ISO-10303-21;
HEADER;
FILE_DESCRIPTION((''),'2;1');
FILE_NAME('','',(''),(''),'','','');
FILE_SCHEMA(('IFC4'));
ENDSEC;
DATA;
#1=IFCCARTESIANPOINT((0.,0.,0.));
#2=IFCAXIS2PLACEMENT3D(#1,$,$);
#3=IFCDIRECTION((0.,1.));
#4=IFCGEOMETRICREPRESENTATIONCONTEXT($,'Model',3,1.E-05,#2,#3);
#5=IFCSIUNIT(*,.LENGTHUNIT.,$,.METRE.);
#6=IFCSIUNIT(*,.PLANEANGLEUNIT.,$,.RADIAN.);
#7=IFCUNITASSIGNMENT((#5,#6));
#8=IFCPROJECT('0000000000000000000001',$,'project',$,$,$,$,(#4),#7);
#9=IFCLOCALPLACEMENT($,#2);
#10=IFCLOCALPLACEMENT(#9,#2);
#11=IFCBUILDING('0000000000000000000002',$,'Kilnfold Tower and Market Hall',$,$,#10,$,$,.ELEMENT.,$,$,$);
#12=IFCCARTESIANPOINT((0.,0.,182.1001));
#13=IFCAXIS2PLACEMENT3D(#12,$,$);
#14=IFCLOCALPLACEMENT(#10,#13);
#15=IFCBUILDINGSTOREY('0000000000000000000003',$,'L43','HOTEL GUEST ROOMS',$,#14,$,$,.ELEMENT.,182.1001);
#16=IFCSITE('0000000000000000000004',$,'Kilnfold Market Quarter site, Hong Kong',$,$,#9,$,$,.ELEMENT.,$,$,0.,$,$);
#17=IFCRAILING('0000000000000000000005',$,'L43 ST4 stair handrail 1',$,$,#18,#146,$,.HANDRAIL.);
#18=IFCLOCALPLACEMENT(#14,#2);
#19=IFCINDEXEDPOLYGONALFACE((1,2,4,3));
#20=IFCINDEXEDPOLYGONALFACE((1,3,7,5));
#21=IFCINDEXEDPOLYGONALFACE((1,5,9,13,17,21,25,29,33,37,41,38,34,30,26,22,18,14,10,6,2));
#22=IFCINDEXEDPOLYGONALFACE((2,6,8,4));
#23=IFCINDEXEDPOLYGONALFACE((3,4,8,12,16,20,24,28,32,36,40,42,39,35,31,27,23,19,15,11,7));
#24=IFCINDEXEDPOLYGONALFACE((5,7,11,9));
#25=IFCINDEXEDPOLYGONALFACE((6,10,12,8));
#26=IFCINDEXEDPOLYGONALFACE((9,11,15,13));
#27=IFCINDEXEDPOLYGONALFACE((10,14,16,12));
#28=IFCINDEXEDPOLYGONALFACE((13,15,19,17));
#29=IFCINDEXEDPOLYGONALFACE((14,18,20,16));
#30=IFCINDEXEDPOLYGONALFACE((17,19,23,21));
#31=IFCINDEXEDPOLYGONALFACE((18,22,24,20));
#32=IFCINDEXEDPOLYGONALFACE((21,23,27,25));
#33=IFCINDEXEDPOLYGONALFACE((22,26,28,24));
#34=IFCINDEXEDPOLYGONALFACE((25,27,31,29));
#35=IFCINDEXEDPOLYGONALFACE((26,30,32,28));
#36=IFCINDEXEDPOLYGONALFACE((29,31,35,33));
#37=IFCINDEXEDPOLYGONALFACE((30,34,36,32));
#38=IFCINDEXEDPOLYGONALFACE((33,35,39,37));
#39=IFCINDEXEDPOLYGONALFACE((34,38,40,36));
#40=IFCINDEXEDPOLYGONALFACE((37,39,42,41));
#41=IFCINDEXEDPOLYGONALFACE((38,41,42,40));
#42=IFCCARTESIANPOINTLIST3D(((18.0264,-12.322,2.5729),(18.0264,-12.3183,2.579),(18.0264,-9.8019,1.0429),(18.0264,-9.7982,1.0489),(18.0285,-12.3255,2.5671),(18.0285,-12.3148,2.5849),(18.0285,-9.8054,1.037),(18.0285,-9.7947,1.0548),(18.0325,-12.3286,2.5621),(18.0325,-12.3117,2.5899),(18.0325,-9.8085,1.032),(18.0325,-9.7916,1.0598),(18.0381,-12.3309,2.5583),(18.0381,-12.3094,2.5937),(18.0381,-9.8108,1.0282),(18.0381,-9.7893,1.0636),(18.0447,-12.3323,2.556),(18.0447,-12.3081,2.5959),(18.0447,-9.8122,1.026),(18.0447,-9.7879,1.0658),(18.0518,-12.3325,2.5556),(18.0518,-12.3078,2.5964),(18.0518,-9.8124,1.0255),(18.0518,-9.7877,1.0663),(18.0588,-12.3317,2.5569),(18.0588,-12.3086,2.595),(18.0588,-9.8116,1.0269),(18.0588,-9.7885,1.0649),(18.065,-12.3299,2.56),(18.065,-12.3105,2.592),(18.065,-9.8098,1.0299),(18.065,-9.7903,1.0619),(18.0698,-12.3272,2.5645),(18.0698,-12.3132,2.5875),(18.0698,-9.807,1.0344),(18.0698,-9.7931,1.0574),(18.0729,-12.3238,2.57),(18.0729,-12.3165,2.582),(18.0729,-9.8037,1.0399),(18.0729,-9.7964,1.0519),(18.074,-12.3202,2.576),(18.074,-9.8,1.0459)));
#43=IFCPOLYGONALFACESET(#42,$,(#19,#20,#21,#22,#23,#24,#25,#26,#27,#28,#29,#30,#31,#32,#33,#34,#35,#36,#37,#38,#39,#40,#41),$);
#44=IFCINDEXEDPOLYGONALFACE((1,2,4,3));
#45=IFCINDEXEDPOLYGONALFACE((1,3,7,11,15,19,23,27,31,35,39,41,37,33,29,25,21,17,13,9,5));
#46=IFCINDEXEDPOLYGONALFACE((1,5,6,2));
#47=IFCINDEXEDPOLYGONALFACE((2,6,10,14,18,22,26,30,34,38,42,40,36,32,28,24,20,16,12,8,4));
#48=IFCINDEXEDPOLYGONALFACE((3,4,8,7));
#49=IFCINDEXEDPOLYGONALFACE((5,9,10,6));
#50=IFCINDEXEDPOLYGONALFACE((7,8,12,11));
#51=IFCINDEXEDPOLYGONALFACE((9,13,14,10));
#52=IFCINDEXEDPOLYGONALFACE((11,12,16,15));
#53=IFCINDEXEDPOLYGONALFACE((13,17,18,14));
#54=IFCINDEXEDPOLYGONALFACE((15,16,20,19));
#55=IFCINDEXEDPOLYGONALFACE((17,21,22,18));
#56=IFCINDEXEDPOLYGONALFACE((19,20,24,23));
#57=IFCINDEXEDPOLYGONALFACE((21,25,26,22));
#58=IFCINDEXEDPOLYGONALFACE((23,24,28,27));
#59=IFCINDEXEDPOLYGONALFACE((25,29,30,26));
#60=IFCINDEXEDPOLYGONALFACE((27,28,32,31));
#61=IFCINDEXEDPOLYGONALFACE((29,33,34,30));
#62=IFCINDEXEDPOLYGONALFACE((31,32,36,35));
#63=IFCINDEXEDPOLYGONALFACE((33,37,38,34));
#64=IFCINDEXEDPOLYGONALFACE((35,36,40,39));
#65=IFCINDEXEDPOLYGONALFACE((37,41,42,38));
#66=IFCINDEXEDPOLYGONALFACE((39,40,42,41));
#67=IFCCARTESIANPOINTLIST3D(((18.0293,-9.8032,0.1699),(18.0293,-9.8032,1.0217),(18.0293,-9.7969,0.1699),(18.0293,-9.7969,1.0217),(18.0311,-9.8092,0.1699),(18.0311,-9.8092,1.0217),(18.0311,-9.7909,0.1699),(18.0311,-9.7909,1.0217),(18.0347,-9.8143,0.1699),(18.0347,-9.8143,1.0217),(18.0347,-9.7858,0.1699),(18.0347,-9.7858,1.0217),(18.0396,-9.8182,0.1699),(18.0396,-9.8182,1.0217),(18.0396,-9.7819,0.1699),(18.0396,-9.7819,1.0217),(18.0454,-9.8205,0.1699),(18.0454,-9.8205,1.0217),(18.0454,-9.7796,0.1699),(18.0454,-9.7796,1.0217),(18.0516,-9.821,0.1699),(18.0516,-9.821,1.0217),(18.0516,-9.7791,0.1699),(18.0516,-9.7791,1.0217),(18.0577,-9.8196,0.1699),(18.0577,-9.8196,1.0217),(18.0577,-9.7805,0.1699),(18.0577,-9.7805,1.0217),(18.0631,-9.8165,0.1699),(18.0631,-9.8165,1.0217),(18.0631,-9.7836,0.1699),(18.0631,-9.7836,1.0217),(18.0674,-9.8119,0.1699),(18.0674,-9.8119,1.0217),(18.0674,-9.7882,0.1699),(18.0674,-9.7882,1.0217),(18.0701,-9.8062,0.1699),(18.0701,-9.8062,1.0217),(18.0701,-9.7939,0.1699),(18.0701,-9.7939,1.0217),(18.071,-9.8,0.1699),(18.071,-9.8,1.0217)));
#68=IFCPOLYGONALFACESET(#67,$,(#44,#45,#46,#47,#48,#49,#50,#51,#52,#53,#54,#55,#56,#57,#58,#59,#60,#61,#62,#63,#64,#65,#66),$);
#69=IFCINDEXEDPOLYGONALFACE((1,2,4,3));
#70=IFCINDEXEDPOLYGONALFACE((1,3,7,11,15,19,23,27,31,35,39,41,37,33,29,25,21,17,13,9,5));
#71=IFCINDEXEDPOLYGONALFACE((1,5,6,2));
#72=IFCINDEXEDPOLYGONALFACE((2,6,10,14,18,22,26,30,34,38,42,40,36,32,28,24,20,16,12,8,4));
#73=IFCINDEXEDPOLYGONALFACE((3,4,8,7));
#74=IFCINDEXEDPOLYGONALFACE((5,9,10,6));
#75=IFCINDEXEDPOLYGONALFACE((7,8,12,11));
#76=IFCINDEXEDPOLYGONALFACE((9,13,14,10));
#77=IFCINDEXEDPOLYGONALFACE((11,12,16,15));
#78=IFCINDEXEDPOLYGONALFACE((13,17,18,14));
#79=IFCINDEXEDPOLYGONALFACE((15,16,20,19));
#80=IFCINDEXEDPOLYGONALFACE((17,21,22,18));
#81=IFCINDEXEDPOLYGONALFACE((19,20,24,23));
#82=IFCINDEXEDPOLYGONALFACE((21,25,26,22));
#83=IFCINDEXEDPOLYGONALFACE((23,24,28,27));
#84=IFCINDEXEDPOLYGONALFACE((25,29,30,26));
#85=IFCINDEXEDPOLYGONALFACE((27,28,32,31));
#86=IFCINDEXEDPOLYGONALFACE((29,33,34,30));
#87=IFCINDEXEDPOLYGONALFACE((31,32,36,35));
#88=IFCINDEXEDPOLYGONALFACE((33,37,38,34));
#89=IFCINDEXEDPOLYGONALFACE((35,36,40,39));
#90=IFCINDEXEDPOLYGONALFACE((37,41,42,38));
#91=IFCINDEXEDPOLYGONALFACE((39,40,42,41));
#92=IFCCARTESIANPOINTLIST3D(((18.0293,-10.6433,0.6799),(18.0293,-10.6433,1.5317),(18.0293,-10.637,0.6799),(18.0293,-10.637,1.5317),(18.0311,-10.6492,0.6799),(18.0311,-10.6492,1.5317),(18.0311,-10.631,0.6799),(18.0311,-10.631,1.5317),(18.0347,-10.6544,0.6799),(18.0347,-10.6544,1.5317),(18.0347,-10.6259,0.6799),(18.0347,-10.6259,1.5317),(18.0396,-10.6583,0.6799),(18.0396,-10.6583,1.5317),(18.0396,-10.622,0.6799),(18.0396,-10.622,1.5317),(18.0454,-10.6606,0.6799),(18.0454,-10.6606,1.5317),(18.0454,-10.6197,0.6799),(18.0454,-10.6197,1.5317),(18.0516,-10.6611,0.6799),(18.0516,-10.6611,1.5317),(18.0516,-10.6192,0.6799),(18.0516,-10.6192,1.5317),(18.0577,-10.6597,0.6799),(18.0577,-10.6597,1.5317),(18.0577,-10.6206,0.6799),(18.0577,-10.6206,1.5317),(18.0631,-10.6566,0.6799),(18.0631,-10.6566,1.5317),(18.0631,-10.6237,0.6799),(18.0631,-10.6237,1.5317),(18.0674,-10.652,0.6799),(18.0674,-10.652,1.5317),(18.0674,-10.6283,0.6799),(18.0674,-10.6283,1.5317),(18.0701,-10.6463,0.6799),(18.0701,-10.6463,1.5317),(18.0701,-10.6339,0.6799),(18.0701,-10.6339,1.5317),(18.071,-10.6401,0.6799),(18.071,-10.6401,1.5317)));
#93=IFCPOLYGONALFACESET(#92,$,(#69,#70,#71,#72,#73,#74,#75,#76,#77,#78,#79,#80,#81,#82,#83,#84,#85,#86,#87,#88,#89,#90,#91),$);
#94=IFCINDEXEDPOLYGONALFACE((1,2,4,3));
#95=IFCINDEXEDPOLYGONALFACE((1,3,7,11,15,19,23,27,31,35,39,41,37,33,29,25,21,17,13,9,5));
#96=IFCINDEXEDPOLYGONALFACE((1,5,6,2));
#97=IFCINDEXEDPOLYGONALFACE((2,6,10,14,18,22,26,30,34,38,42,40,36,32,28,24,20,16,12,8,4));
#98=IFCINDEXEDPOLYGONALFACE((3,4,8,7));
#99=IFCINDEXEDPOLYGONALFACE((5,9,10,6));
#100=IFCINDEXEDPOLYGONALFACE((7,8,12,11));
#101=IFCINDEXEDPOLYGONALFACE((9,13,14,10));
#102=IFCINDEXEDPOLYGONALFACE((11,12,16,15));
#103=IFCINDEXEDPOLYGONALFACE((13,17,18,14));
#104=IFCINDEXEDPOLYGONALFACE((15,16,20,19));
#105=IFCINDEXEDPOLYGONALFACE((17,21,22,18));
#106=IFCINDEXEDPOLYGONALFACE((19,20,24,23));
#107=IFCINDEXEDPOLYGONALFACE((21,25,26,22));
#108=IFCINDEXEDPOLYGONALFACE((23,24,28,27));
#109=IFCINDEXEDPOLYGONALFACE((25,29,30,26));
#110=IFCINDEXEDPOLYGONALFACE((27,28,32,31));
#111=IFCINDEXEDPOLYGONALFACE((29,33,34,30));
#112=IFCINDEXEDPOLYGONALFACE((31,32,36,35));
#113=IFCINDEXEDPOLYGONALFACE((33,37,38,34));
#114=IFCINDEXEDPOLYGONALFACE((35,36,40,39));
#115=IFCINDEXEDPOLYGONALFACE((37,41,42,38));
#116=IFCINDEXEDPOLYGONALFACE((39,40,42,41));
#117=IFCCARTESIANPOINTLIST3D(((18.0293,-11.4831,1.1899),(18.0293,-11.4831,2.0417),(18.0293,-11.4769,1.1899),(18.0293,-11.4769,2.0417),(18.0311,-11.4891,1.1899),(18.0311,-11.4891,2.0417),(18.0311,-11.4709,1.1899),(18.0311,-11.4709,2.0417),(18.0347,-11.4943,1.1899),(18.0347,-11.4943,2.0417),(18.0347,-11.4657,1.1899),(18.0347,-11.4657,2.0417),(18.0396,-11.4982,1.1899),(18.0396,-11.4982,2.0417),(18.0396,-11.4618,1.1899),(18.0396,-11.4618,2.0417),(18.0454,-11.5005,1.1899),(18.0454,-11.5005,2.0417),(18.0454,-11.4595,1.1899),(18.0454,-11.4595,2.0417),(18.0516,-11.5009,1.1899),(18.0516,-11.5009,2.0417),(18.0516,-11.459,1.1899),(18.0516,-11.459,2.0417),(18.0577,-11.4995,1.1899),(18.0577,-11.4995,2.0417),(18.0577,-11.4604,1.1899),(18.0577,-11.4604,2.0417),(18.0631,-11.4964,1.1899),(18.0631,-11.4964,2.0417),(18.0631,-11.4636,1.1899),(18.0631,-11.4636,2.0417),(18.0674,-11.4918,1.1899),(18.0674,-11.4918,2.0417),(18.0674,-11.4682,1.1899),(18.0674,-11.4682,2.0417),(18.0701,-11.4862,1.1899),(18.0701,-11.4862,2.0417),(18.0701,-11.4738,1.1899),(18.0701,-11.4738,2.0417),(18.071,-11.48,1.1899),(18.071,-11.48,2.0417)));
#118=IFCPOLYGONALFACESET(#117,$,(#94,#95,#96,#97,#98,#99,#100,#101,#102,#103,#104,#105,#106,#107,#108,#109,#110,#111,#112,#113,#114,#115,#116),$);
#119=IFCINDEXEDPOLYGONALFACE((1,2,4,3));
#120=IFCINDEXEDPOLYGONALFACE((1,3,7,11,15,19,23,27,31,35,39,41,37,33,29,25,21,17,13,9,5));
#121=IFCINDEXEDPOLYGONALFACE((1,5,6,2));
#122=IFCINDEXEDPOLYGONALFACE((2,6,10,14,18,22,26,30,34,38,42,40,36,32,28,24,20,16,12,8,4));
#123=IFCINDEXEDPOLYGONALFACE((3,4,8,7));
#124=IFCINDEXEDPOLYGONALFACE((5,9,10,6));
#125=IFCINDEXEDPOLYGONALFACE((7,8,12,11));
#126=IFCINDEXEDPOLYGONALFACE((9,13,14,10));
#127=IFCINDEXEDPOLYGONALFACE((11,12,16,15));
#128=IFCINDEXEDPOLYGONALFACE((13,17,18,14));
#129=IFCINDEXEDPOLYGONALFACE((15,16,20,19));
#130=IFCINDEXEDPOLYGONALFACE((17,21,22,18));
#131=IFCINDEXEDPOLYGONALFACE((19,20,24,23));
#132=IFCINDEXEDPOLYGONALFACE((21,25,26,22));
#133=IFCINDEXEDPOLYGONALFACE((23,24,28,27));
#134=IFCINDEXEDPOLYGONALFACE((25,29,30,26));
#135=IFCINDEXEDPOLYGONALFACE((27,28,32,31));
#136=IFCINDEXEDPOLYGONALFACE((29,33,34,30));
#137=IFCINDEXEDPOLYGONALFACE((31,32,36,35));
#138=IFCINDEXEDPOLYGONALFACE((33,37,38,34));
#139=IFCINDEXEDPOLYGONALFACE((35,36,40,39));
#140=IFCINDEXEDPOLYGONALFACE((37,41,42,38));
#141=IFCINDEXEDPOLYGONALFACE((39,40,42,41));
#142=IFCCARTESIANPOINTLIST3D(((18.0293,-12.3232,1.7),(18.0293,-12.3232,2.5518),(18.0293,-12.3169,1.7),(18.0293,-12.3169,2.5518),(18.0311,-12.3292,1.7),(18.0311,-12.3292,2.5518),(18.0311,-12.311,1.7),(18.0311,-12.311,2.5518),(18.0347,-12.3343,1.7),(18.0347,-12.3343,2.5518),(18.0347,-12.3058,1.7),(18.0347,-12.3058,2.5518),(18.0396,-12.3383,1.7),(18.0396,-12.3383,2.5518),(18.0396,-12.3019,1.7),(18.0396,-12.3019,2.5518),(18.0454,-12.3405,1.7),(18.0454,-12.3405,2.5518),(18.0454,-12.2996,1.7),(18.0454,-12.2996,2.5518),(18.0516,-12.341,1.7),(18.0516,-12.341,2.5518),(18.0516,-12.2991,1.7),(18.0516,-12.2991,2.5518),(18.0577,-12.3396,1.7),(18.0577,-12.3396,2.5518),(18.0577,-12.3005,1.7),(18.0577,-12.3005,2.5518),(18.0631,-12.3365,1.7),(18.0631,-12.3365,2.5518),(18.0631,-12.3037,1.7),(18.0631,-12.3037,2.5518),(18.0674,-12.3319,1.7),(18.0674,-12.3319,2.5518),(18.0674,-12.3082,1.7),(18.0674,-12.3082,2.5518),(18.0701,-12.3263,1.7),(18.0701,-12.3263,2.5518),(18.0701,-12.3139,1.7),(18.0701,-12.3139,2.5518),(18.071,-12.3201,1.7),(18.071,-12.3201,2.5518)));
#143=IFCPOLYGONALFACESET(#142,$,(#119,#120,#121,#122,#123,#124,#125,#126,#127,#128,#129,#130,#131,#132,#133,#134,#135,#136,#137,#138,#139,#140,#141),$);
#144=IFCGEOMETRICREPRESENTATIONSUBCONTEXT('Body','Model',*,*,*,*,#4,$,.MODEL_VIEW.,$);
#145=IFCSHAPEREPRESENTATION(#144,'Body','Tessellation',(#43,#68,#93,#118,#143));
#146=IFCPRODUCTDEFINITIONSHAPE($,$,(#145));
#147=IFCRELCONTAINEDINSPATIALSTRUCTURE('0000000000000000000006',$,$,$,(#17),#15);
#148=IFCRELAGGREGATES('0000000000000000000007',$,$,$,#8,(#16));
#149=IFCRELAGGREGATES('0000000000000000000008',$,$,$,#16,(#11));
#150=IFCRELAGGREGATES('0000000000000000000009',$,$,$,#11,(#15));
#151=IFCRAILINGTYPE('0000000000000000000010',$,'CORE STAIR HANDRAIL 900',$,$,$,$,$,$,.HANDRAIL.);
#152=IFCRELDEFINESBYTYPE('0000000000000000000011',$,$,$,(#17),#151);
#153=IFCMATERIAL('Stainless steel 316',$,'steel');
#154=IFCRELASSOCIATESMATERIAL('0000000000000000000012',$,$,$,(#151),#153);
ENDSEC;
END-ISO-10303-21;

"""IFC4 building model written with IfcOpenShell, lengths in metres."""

from ifc_helpers import new_model, si_unit, direction, frame, origin, origin_2d, place, context, subcontext, project, spatial, circle, extrude, material, type_object, element, save


model = new_model("IFC4")

# Units and contexts
model_context = context("Model", 3, precision=1e-05, world=origin(), true_north=direction((0.0, 1.0)))
body_context = subcontext(model_context, "Body", "Model", "MODEL_VIEW")
ifc_project = project(units=[si_unit("LENGTHUNIT", "METRE"), si_unit("PLANEANGLEUNIT", "RADIAN")], contexts=[model_context])

# Site, building, storey
site_placement = place(None, origin())
site = spatial("IfcSite", under=ifc_project, at=site_placement, Name="Kilnfold Market Quarter site, Hong Kong", CompositionType="ELEMENT", RefElevation=0.0)
building_placement = place(site_placement, origin())
building = spatial("IfcBuilding", under=site, at=building_placement, Name="Kilnfold Tower and Market Hall", CompositionType="ELEMENT")
storey_placement = place(building_placement, frame((0.0, 0.0, 182.1001)))
storey = spatial("IfcBuildingStorey", under=building, at=storey_placement, Name="L43", Description="HOTEL GUEST ROOMS", CompositionType="ELEMENT", Elevation=182.1001)

# Railing
ifc_material_1 = material(Name="Stainless steel 316", Category="steel")
railing_type_1 = type_object("IfcRailingType", Name="CORE STAIR HANDRAIL 900", PredefinedType="HANDRAIL", material=ifc_material_1)
railing_1_placement = place(storey_placement, frame((18.05, -9.8, 0.1699)))
element("IfcRailing", 1, at=railing_1_placement, inside=storey, type_object=railing_type_1, Name="L43 ST4 stair handrail 1", PredefinedType="HANDRAIL", context=body_context, shape_type="SweptSolid", body=[
    extrude(circle(Radius=0.0239, at=origin_2d()), frame((0.0, 0.0, 0.876), z_axis=(0.0, -0.854785, 0.518982), x_axis=(1.0, 0.0, 0.0)), (0.0, 0.0, 1.0), 2.9482),
    extrude(circle(Radius=0.021, at=origin_2d()), origin(), (0.0, 0.0, 1.0), 0.8518),
    extrude(circle(Radius=0.021, at=origin_2d()), frame((0.0, -0.8401, 0.51)), (0.0, 0.0, 1.0), 0.8518),
    extrude(circle(Radius=0.021, at=origin_2d()), frame((0.0, -1.6799, 1.02)), (0.0, 0.0, 1.0), 0.8518),
    extrude(circle(Radius=0.021, at=origin_2d()), frame((0.0, -2.52, 1.53)), (0.0, 0.0, 1.0), 0.8518),
])

save(model, "model.ifc")
